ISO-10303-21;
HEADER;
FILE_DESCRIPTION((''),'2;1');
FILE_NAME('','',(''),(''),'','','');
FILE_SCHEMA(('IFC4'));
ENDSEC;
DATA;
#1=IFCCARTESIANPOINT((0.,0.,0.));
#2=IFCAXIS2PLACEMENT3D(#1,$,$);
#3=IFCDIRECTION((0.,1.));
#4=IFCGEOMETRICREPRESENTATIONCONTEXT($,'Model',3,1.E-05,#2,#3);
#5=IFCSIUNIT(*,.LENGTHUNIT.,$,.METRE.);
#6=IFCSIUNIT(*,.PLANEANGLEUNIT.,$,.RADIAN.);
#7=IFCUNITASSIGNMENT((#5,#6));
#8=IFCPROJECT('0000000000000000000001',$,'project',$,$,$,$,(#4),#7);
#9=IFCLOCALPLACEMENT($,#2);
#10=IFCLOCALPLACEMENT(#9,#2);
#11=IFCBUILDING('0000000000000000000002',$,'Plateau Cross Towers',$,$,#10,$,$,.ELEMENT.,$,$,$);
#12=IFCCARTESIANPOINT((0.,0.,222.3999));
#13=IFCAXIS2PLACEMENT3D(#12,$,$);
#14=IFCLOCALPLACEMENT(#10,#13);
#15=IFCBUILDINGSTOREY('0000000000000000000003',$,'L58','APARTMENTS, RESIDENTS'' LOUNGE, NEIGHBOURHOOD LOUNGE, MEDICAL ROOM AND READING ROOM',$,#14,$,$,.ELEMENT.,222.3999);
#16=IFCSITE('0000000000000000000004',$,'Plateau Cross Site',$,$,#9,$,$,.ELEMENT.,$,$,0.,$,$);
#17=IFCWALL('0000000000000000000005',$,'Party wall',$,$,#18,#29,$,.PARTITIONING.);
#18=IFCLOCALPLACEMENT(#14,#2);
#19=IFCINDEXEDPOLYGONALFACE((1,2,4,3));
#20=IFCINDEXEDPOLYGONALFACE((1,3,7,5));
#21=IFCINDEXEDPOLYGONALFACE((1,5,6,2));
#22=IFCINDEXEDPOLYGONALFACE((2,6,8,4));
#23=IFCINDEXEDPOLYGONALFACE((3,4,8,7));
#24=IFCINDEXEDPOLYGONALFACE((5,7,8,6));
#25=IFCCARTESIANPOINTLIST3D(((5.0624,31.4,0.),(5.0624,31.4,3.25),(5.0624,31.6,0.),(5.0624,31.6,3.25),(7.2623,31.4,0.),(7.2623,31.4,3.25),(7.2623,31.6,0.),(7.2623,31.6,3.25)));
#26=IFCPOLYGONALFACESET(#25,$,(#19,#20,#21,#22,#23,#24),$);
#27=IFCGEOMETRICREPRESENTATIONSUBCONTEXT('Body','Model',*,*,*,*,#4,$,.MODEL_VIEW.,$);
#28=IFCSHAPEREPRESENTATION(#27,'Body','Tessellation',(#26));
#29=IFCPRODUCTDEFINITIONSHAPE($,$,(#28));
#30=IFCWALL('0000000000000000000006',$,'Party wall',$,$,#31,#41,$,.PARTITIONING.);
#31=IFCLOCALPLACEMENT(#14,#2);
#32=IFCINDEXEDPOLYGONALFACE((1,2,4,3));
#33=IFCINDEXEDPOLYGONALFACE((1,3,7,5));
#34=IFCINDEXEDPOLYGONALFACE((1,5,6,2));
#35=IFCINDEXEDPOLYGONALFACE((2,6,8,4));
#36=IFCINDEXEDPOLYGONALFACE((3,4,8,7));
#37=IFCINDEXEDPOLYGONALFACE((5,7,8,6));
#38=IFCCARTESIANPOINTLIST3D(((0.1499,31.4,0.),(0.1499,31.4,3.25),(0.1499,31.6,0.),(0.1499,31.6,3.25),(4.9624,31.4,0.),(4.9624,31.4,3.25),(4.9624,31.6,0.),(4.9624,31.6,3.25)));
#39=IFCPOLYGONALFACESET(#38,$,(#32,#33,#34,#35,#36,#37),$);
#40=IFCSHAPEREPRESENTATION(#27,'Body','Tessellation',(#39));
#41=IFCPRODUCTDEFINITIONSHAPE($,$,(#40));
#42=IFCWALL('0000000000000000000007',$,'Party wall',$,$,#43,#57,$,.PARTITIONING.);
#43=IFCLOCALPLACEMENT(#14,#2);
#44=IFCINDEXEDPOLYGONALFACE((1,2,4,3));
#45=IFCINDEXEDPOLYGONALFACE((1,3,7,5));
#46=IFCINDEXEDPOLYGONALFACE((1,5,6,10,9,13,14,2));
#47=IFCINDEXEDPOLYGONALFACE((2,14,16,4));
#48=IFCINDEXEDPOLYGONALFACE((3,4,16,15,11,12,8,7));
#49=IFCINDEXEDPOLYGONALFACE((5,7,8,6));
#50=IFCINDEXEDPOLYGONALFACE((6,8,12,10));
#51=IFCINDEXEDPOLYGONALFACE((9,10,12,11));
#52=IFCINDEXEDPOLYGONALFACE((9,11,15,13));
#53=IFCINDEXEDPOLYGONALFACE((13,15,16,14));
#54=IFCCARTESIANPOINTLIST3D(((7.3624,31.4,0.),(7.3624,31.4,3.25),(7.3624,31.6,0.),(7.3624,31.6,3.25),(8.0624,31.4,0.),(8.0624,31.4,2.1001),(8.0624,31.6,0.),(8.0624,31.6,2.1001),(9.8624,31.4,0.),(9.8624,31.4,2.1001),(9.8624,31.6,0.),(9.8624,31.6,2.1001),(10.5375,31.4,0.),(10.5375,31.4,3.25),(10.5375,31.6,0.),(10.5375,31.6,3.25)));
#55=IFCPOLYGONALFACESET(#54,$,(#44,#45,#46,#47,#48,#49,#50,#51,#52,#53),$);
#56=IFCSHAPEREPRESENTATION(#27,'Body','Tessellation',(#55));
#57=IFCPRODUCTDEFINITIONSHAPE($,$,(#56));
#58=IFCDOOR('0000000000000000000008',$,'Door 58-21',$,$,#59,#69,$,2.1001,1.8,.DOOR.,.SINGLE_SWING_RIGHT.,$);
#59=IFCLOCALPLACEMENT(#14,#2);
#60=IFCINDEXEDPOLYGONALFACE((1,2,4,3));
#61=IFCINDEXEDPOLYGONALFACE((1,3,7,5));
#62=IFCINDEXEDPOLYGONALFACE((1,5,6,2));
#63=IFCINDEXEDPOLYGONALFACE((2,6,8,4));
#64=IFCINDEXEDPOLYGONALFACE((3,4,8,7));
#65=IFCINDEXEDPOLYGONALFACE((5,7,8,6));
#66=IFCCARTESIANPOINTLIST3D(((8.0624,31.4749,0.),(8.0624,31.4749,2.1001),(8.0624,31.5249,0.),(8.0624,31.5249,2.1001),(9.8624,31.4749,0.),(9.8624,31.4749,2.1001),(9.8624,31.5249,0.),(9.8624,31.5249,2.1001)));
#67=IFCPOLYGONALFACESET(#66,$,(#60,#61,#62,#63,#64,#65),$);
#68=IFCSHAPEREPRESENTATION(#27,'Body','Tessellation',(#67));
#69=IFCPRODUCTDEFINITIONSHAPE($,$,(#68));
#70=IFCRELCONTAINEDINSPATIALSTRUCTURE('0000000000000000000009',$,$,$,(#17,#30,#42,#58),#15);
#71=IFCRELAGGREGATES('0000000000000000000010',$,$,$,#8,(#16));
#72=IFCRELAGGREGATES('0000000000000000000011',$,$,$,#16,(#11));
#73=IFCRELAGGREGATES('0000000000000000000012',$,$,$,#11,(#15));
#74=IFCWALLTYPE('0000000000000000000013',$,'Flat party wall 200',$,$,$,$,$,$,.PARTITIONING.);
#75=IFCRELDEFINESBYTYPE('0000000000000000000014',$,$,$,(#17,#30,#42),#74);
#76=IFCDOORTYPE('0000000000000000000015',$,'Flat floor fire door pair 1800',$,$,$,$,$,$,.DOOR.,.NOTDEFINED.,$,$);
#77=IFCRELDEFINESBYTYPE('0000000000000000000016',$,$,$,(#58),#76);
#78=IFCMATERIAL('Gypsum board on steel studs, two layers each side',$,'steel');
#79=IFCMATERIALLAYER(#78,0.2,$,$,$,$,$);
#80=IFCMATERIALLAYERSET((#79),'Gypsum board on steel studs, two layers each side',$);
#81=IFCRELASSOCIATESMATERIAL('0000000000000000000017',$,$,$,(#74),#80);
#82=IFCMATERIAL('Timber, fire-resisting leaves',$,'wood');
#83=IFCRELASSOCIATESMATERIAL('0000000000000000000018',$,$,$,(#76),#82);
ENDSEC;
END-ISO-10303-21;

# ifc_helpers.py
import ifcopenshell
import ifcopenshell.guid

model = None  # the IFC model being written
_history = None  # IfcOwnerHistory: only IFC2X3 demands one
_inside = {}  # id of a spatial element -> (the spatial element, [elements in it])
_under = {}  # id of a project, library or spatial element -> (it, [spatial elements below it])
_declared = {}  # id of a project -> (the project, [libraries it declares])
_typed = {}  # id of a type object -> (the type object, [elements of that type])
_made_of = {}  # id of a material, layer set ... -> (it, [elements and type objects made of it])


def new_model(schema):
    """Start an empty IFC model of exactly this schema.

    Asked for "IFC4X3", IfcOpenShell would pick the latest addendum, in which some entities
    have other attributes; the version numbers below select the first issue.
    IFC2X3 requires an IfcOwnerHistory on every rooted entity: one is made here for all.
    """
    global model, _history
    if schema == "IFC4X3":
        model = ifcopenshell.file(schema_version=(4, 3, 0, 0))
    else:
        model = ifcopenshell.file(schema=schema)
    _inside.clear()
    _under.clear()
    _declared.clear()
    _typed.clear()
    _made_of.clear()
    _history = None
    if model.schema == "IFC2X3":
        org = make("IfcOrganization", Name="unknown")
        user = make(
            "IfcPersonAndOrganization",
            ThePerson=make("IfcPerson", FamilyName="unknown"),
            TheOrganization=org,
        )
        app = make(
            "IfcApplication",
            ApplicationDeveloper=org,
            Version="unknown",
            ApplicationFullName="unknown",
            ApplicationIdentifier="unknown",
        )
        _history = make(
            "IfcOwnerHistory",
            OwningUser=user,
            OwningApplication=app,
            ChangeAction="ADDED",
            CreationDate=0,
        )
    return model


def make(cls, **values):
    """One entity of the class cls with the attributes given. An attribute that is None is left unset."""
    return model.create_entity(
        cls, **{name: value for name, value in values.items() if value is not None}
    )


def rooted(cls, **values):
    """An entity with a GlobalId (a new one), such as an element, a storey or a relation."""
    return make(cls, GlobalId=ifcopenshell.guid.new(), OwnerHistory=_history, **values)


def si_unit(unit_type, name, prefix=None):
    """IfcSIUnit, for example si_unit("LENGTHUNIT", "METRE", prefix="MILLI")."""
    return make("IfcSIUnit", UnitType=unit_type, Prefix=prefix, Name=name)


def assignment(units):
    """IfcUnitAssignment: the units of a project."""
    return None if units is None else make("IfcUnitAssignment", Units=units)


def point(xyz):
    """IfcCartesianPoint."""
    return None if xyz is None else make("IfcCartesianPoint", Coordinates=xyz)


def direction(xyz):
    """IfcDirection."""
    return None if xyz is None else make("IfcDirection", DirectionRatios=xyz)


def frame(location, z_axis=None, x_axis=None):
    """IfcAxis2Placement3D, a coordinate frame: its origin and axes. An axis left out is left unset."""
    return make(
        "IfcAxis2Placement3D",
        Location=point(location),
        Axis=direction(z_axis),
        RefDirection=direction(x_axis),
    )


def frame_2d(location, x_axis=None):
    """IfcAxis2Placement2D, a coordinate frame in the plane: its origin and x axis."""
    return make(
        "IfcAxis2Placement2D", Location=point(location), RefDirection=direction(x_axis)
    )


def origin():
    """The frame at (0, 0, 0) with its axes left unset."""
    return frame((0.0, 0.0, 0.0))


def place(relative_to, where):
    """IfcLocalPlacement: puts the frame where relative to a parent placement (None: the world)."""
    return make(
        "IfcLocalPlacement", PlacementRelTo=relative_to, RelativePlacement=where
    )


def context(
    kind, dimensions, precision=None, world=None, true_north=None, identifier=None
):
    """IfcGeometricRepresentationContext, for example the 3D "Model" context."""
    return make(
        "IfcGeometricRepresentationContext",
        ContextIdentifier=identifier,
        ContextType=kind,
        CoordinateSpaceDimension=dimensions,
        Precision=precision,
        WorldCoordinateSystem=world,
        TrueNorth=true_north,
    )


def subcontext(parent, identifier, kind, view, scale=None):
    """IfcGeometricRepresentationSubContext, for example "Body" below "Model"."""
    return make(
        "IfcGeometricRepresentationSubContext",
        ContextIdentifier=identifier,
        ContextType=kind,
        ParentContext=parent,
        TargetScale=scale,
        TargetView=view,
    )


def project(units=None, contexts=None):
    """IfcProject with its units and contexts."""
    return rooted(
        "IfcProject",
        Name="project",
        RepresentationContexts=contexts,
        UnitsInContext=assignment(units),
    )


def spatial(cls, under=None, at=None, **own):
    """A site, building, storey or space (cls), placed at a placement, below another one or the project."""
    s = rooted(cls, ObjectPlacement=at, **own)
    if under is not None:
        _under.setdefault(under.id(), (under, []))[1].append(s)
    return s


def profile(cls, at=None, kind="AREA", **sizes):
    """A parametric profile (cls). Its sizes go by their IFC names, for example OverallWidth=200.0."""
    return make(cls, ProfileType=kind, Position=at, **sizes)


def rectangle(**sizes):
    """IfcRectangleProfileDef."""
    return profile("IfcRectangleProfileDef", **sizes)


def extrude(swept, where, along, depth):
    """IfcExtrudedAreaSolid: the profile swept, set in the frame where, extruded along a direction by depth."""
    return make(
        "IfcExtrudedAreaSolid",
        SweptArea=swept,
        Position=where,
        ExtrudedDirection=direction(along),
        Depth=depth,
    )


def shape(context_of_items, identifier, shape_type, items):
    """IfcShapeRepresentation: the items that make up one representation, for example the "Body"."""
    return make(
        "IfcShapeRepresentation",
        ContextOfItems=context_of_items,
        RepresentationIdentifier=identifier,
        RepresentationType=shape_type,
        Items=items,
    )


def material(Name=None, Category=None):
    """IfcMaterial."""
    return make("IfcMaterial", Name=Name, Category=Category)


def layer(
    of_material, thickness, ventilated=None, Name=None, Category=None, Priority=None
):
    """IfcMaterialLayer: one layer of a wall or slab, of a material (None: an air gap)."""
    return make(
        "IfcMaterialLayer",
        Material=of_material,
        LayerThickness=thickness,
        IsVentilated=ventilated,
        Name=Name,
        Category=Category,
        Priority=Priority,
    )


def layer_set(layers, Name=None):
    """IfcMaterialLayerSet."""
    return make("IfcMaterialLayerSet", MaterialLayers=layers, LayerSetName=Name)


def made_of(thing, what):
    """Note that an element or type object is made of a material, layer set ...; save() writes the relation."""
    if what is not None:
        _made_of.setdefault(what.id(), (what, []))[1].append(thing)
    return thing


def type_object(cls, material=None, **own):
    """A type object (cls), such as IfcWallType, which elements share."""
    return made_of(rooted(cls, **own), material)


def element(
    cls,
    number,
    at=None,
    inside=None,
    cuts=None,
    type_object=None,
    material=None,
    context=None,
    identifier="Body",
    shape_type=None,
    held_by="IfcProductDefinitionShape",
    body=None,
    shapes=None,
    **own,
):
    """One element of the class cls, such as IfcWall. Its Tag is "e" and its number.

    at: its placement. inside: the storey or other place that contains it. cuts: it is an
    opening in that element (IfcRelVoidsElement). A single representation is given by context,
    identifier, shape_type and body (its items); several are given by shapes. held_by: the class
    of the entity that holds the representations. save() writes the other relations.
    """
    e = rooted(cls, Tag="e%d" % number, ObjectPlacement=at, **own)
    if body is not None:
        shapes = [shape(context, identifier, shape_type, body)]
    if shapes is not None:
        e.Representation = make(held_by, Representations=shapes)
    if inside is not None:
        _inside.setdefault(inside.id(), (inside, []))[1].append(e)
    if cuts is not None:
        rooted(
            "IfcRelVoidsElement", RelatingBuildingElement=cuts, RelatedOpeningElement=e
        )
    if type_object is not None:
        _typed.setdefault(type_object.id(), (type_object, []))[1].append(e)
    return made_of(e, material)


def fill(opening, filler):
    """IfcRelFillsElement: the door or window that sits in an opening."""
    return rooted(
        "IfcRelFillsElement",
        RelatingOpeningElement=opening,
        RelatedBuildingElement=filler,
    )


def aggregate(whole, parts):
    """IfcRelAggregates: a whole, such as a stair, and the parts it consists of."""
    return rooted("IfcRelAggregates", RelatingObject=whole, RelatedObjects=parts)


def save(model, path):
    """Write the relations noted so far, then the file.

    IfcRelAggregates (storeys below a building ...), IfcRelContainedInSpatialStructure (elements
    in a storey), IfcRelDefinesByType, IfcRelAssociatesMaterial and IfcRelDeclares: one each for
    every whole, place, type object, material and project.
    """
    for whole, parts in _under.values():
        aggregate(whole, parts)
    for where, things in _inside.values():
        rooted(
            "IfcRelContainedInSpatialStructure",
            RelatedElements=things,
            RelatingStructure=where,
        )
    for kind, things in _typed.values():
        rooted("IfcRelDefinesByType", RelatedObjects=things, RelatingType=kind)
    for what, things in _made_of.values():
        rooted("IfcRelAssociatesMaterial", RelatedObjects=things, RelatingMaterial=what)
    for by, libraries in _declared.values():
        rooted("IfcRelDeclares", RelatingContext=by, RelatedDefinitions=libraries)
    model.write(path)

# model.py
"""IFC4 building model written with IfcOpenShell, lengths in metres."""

from ifc_helpers import new_model, si_unit, direction, frame, frame_2d, origin, place, context, subcontext, project, spatial, rectangle, extrude, material, layer, layer_set, type_object, element, fill, save


model = new_model("IFC4")

# Units and contexts
model_context = context("Model", 3, precision=1e-05, world=origin(), true_north=direction((0.0, 1.0)))
body_context = subcontext(model_context, "Body", "Model", "MODEL_VIEW")
ifc_project = project(units=[si_unit("LENGTHUNIT", "METRE"), si_unit("PLANEANGLEUNIT", "RADIAN")], contexts=[model_context])

# Site, building, storey
site_placement = place(None, origin())
site = spatial("IfcSite", under=ifc_project, at=site_placement, Name="Plateau Cross Site", CompositionType="ELEMENT", RefElevation=0.0)
building_placement = place(site_placement, origin())
building = spatial("IfcBuilding", under=site, at=building_placement, Name="Plateau Cross Towers", CompositionType="ELEMENT")
storey_placement = place(building_placement, frame((0.0, 0.0, 222.3999)))
storey = spatial("IfcBuildingStorey", under=building, at=storey_placement, Name="L58", Description="APARTMENTS, RESIDENTS' LOUNGE, NEIGHBOURHOOD LOUNGE, MEDICAL ROOM AND READING ROOM", CompositionType="ELEMENT", Elevation=222.3999)

# Walls
ifc_material_1 = material(Name="Gypsum board on steel studs, two layers each side", Category="steel")
ifc_layer_1 = layer(ifc_material_1, 0.2)
ifc_layer_set_1 = layer_set([ifc_layer_1], Name="Gypsum board on steel studs, two layers each side")
wall_type_1 = type_object("IfcWallType", Name="Flat party wall 200", PredefinedType="PARTITIONING", material=ifc_layer_set_1)
wall_1_placement = place(storey_placement, frame((7.2625, 31.5, 0.0), z_axis=(0.0, 0.0, 1.0), x_axis=(-1.0, 0.0, 0.0)))
element("IfcWall", 1, at=wall_1_placement, inside=storey, type_object=wall_type_1, Name="Party wall", PredefinedType="PARTITIONING", context=body_context, shape_type="SweptSolid", body=[
    extrude(rectangle(XDim=2.2, YDim=0.2, at=frame_2d((1.1001, 0.0))), origin(), (0.0, 0.0, 1.0), 3.25),
])
wall_2_placement = place(storey_placement, frame((0.1499, 31.5, 0.0), z_axis=(0.0, 0.0, 1.0), x_axis=(1.0, 0.0, 0.0)))
element("IfcWall", 2, at=wall_2_placement, inside=storey, type_object=wall_type_1, Name="Party wall", PredefinedType="PARTITIONING", context=body_context, shape_type="SweptSolid", body=[
    extrude(rectangle(XDim=4.8125, YDim=0.2, at=frame_2d((2.4062, 0.0))), origin(), (0.0, 0.0, 1.0), 3.25),
])

# Wall, opening, door
wall_3_placement = place(storey_placement, frame((7.3625, 31.5, 0.0), z_axis=(0.0, 0.0, 1.0), x_axis=(1.0, 0.0, 0.0)))
wall_3 = element("IfcWall", 3, at=wall_3_placement, inside=storey, type_object=wall_type_1, Name="Party wall", PredefinedType="PARTITIONING", context=body_context, shape_type="SweptSolid", body=[
    extrude(rectangle(XDim=3.175, YDim=0.2, at=frame_2d((1.5874, 0.0))), origin(), (0.0, 0.0, 1.0), 3.25),
])
opening_1_placement = place(wall_3_placement, frame((0.7, 0.0, 0.0)))
opening_1 = element("IfcOpeningElement", 4, at=opening_1_placement, cuts=wall_3, PredefinedType="OPENING", context=body_context, shape_type="SweptSolid", body=[
    extrude(rectangle(XDim=1.8, YDim=2.1001, at=frame_2d((0.8999, 1.05))), frame((0.0, 0.1099, 0.0), z_axis=(0.0, -1.0, 0.0), x_axis=(1.0, 0.0, 0.0)), (0.0, 0.0, 1.0), 0.22),
])
ifc_material_2 = material(Name="Timber, fire-resisting leaves", Category="wood")
door_type_1 = type_object("IfcDoorType", Name="Flat floor fire door pair 1800", OperationType="NOTDEFINED", PredefinedType="DOOR", material=ifc_material_2)
door_1_placement = place(opening_1_placement, origin())
door_1 = element("IfcDoor", 5, at=door_1_placement, inside=storey, type_object=door_type_1, Name="Door 58-21", OperationType="SINGLE_SWING_RIGHT", OverallHeight=2.1001, OverallWidth=1.8, PredefinedType="DOOR", context=body_context, shape_type="SweptSolid", body=[
    extrude(rectangle(XDim=1.8, YDim=2.1001, at=frame_2d((0.8999, 1.05))), frame((0.0, 0.0249, 0.0), z_axis=(0.0, -1.0, 0.0), x_axis=(1.0, 0.0, 0.0)), (0.0, 0.0, 1.0), 0.05),
])
fill(opening_1, door_1)

save(model, "model.ifc")
